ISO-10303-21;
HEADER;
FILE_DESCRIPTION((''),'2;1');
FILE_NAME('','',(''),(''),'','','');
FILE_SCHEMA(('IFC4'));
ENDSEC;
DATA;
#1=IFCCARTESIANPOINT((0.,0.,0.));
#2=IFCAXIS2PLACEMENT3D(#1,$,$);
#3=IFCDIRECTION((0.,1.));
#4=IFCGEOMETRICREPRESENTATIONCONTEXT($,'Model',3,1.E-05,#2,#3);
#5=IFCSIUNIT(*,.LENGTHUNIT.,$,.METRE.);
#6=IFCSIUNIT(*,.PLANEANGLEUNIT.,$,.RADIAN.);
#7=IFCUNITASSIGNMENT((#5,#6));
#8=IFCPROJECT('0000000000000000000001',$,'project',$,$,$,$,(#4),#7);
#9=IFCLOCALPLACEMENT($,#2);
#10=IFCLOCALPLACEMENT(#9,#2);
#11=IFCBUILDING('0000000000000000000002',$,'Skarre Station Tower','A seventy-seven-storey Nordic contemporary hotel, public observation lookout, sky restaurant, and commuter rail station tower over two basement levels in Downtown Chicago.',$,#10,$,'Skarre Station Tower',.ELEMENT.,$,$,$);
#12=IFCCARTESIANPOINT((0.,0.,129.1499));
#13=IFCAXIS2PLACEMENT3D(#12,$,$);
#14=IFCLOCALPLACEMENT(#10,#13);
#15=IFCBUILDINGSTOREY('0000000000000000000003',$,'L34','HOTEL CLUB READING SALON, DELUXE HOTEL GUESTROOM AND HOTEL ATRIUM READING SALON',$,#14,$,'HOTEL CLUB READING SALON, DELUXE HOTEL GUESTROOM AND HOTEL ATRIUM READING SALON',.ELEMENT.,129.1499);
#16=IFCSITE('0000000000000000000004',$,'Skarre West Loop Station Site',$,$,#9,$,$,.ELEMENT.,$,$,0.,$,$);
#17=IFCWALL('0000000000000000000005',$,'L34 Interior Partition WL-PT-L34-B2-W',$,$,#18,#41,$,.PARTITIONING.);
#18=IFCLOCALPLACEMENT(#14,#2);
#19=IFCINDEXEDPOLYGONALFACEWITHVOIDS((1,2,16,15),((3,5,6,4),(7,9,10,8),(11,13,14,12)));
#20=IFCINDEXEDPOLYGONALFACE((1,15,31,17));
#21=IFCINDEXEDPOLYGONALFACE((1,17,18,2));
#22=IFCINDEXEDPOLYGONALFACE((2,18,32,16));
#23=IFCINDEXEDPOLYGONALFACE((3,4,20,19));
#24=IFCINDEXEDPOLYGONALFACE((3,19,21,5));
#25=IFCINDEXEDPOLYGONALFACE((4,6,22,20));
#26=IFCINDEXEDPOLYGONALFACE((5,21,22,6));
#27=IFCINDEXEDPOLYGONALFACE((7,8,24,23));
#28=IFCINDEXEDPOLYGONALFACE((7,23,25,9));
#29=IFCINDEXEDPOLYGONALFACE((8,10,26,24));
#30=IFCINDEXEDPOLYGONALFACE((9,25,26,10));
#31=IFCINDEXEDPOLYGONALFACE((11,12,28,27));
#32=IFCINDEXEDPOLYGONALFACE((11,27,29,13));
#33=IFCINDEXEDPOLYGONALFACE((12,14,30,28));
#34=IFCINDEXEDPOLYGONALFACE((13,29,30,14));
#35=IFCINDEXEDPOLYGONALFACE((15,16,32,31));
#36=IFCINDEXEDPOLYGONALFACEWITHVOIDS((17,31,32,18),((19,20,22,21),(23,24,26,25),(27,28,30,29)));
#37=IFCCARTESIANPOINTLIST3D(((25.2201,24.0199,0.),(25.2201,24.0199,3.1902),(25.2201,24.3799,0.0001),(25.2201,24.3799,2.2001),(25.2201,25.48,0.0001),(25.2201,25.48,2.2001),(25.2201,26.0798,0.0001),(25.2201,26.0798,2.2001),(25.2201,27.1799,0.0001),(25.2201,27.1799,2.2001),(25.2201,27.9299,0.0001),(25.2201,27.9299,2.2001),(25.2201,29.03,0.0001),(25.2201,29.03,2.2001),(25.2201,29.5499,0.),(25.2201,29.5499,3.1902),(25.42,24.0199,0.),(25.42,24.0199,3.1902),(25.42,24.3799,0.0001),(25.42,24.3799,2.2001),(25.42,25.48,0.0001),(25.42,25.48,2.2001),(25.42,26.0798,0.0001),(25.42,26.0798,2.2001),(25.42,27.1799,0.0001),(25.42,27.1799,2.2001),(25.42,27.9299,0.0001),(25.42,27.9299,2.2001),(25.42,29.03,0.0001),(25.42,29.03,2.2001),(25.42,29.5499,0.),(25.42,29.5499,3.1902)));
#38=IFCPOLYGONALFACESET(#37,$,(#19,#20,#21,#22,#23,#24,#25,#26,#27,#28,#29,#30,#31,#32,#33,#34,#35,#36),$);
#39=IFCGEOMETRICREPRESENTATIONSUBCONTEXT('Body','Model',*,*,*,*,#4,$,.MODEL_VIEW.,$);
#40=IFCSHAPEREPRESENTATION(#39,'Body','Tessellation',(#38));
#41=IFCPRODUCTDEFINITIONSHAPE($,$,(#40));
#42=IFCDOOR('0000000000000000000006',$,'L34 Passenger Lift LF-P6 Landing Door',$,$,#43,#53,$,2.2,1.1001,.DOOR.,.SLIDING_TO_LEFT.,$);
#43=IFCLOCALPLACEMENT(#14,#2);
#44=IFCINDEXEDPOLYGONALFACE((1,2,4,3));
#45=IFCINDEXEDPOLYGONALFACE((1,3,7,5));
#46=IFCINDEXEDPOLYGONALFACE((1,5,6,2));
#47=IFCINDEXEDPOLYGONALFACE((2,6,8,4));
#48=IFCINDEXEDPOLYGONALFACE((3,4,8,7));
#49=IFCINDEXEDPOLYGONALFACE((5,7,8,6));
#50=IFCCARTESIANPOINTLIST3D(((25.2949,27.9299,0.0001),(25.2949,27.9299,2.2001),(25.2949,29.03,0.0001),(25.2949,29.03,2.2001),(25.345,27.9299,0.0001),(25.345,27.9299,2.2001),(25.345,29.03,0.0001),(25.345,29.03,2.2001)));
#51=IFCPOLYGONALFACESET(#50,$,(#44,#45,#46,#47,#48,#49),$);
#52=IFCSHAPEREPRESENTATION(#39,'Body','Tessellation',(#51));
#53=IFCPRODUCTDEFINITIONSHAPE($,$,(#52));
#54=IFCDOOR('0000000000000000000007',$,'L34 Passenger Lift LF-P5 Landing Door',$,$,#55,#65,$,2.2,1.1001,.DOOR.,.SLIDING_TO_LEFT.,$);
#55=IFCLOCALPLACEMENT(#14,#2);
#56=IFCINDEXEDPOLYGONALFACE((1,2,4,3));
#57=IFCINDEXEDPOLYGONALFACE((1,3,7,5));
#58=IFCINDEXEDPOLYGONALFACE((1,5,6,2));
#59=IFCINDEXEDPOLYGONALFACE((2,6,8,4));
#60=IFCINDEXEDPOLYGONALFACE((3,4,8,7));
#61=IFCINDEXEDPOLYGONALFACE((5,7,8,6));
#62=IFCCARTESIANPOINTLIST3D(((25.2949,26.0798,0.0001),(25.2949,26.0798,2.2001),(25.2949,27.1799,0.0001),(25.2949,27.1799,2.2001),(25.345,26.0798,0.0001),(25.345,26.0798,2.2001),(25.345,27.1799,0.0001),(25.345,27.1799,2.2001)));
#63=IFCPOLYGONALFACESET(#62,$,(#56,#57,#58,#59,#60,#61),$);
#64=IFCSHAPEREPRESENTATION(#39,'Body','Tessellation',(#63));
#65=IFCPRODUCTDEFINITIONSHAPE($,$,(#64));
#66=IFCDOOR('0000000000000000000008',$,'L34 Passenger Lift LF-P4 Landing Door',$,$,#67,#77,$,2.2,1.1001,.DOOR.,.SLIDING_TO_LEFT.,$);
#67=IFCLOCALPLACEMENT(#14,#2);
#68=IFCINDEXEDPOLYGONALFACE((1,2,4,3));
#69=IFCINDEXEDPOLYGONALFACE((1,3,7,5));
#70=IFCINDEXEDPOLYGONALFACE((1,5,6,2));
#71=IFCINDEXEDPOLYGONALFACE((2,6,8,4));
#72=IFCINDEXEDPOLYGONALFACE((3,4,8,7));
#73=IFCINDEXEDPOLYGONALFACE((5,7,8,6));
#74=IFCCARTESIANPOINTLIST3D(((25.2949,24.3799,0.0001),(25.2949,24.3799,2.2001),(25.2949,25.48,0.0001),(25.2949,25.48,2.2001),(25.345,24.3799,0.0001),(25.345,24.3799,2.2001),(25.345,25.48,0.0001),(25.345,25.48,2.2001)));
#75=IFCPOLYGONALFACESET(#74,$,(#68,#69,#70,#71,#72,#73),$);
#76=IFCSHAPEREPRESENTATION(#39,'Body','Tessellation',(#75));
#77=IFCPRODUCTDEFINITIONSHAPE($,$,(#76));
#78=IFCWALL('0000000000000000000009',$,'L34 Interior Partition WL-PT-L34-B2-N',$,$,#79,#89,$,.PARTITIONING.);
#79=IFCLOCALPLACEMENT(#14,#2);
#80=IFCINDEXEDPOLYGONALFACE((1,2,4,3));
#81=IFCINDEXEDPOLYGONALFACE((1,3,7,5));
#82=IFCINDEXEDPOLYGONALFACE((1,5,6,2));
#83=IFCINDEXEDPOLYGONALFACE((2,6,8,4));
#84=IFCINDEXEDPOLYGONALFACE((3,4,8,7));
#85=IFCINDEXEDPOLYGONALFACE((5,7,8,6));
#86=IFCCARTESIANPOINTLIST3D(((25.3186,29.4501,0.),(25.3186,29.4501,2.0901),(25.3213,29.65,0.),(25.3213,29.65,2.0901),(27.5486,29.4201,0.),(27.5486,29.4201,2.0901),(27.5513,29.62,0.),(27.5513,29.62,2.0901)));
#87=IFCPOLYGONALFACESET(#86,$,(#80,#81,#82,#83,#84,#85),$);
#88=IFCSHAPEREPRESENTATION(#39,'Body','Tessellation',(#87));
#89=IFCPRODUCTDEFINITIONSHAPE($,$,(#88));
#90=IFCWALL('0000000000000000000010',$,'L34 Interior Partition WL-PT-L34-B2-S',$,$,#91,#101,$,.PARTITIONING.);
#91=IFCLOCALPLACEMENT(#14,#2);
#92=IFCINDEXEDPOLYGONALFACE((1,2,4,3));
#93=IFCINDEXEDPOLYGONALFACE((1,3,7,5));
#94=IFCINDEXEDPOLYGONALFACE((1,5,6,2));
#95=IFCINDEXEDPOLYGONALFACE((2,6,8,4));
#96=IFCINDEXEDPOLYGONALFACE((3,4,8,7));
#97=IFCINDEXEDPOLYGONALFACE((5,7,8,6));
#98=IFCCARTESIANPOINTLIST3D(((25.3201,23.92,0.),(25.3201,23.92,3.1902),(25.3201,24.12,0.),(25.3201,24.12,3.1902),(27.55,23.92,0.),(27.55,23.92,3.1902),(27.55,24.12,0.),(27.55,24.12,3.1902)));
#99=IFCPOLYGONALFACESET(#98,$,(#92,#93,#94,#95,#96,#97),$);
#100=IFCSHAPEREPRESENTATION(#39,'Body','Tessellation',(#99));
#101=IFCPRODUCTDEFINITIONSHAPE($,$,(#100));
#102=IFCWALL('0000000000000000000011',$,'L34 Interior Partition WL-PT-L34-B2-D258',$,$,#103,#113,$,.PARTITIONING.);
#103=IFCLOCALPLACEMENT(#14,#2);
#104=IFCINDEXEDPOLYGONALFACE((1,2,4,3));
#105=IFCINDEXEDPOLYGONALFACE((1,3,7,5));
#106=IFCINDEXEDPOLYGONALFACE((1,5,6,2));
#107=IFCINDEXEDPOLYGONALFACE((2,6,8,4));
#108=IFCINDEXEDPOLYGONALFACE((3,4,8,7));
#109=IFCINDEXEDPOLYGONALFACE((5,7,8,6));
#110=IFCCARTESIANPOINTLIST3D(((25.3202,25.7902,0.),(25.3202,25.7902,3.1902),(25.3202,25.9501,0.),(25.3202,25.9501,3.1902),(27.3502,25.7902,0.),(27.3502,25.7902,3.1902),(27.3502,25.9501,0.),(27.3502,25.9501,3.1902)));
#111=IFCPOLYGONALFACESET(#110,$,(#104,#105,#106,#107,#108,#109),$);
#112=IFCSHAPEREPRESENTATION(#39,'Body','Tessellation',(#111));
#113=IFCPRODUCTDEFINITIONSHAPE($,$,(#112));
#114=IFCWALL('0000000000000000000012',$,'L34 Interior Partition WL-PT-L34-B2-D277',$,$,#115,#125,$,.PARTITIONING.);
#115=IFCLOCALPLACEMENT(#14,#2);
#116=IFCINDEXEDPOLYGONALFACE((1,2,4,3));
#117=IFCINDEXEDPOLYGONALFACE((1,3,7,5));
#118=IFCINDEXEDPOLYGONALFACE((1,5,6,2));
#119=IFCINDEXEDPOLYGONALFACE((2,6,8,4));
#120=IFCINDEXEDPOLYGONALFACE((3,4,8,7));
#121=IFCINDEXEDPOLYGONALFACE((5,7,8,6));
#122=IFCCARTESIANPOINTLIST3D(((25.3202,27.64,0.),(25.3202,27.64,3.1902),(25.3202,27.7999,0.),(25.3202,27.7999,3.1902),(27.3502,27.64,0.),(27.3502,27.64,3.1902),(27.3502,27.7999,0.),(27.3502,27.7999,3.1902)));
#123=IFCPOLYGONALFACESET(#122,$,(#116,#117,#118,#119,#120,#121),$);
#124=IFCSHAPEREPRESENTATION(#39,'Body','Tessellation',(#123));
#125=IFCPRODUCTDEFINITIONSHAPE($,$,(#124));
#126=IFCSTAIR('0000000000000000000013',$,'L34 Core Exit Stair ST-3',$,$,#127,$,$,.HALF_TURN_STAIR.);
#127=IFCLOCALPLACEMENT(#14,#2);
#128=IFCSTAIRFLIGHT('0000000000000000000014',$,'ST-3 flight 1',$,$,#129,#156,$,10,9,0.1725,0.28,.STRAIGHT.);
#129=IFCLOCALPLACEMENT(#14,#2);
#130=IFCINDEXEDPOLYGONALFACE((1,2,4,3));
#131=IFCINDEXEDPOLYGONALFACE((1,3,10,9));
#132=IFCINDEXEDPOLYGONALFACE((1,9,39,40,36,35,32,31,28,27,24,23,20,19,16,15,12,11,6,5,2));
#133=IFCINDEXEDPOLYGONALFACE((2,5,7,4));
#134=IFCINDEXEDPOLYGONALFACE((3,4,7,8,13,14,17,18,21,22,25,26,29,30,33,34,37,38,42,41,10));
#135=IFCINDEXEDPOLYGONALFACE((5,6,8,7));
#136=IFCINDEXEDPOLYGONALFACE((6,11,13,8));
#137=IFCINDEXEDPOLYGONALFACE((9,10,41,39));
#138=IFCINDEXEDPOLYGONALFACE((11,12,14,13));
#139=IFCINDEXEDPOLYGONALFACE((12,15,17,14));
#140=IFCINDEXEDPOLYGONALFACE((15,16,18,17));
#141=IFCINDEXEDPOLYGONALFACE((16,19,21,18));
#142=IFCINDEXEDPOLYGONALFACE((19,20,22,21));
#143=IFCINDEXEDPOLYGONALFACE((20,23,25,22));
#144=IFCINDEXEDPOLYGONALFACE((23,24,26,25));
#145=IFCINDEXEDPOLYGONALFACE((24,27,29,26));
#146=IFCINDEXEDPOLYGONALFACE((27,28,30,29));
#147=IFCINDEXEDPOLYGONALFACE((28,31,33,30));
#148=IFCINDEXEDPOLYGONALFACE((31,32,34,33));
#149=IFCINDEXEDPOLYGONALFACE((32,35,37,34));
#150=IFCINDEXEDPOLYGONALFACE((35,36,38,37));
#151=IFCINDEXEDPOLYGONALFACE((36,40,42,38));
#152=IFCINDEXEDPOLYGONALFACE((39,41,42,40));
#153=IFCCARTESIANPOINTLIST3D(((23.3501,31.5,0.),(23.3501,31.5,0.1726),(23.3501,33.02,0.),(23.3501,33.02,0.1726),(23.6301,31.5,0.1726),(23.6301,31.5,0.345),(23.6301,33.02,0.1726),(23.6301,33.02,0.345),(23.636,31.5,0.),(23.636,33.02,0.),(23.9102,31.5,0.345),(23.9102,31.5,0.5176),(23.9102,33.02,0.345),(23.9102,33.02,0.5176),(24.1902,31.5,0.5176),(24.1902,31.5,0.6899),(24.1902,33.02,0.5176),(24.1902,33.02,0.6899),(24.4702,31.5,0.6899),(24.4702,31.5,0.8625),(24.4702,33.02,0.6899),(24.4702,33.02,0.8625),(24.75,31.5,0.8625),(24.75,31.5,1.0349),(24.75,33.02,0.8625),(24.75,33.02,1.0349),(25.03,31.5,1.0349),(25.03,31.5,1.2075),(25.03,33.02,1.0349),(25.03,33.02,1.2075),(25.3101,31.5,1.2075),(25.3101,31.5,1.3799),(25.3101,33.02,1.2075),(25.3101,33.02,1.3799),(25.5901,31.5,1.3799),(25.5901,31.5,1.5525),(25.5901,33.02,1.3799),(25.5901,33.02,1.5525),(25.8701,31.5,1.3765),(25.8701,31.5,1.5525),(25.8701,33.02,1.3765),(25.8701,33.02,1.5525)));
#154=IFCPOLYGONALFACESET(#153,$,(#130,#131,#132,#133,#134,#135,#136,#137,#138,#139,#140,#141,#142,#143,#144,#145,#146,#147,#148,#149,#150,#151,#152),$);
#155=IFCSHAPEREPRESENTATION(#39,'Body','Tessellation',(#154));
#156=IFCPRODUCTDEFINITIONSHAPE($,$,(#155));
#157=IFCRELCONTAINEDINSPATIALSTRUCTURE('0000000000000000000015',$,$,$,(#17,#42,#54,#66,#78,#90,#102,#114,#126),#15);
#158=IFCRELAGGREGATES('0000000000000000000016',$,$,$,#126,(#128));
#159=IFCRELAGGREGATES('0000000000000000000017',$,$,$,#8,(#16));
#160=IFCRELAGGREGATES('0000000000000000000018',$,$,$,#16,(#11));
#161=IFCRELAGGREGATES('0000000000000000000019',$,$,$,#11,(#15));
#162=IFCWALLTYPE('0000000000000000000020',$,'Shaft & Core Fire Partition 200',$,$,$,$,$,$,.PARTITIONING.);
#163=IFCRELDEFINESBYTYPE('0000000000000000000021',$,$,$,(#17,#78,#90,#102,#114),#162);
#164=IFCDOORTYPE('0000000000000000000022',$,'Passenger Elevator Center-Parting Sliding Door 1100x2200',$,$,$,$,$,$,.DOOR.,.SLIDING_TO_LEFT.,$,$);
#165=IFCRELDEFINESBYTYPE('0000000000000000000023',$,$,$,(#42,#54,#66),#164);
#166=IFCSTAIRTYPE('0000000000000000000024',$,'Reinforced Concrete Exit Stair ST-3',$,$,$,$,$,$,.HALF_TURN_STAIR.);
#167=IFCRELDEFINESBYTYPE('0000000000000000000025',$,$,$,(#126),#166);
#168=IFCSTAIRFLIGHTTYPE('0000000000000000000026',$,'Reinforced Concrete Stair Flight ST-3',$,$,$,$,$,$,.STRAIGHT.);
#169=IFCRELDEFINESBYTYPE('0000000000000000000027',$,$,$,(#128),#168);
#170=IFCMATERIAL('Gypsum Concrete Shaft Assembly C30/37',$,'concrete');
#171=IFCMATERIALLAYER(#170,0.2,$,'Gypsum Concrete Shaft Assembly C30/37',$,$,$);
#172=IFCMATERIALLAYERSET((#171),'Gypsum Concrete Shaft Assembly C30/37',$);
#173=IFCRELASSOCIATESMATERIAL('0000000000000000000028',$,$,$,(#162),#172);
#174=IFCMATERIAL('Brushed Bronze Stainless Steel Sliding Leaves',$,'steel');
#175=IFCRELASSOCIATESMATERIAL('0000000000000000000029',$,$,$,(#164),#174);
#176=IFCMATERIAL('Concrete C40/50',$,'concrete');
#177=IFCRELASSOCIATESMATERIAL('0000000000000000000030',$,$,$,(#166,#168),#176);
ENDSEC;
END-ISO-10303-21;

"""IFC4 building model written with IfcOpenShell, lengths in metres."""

from ifc_helpers import new_model, si_unit, direction, frame, frame_2d, origin, place, context, subcontext, project, spatial, polyline, rectangle, outline, extrude, material, layer, layer_set, type_object, element, fill, aggregate, save


model = new_model("IFC4")

# Units and contexts
model_context = context("Model", 3, precision=1e-05, world=origin(), true_north=direction((0.0, 1.0)))
body_context = subcontext(model_context, "Body", "Model", "MODEL_VIEW")
ifc_project = project(units=[si_unit("LENGTHUNIT", "METRE"), si_unit("PLANEANGLEUNIT", "RADIAN")], contexts=[model_context])

# Site, building, storey
site_placement = place(None, origin())
site = spatial("IfcSite", under=ifc_project, at=site_placement, Name="Skarre West Loop Station Site", CompositionType="ELEMENT", RefElevation=0.0)
building_placement = place(site_placement, origin())
building = spatial("IfcBuilding", under=site, at=building_placement, Name="Skarre Station Tower", Description="A seventy-seven-storey Nordic contemporary hotel, public observation lookout, sky restaurant, and commuter rail station tower over two basement levels in Downtown Chicago.", LongName="Skarre Station Tower", CompositionType="ELEMENT")
storey_placement = place(building_placement, frame((0.0, 0.0, 129.1499)))
storey = spatial("IfcBuildingStorey", under=building, at=storey_placement, Name="L34", Description="HOTEL CLUB READING SALON, DELUXE HOTEL GUESTROOM AND HOTEL ATRIUM READING SALON", LongName="HOTEL CLUB READING SALON, DELUXE HOTEL GUESTROOM AND HOTEL ATRIUM READING SALON", CompositionType="ELEMENT", Elevation=129.1499)

# Shared definitions
ifc_material_1 = material(Name="Gypsum Concrete Shaft Assembly C30/37", Category="concrete")
ifc_layer_1 = layer(ifc_material_1, 0.2, Name="Gypsum Concrete Shaft Assembly C30/37")
ifc_layer_set_1 = layer_set([ifc_layer_1], Name="Gypsum Concrete Shaft Assembly C30/37")
wall_type_1 = type_object("IfcWallType", Name="Shaft & Core Fire Partition 200", PredefinedType="PARTITIONING", material=ifc_layer_set_1)

# Wall, openings, doors
wall_1_placement = place(storey_placement, frame((25.3201, 29.55, 0.0), z_axis=(0.0, 0.0, 1.0), x_axis=(0.0, -1.0, 0.0)))
wall_1 = element("IfcWall", 1, at=wall_1_placement, inside=storey, type_object=wall_type_1, Name="L34 Interior Partition WL-PT-L34-B2-W", PredefinedType="PARTITIONING", context=body_context, shape_type="SweptSolid", body=[
    extrude(rectangle(XDim=5.53, YDim=0.2, at=frame_2d((2.7651, 0.0))), origin(), (0.0, 0.0, 1.0), 3.1902),
])
opening_1_placement = place(wall_1_placement, frame((0.52, 0.0, 0.0)))
opening_1 = element("IfcOpeningElement", 2, at=opening_1_placement, cuts=wall_1, PredefinedType="OPENING", context=body_context, shape_type="SweptSolid", body=[
    extrude(rectangle(XDim=1.1001, YDim=2.2, at=frame_2d((0.55, 1.1001))), frame((0.0, 0.1099, 0.0), z_axis=(0.0, -1.0, 0.0), x_axis=(1.0, 0.0, 0.0)), (0.0, 0.0, 1.0), 0.22),
])
opening_2_placement = place(wall_1_placement, frame((2.3701, 0.0, 0.0)))
opening_2 = element("IfcOpeningElement", 3, at=opening_2_placement, cuts=wall_1, PredefinedType="OPENING", context=body_context, shape_type="SweptSolid", body=[
    extrude(rectangle(XDim=1.1001, YDim=2.2, at=frame_2d((0.55, 1.1001))), frame((0.0, 0.1099, 0.0), z_axis=(0.0, -1.0, 0.0), x_axis=(1.0, 0.0, 0.0)), (0.0, 0.0, 1.0), 0.22),
])
opening_3_placement = place(wall_1_placement, frame((4.0701, 0.0, 0.0)))
opening_3 = element("IfcOpeningElement", 4, at=opening_3_placement, cuts=wall_1, PredefinedType="OPENING", context=body_context, shape_type="SweptSolid", body=[
    extrude(rectangle(XDim=1.1001, YDim=2.2, at=frame_2d((0.55, 1.1001))), frame((0.0, 0.1099, 0.0), z_axis=(0.0, -1.0, 0.0), x_axis=(1.0, 0.0, 0.0)), (0.0, 0.0, 1.0), 0.22),
])
ifc_material_2 = material(Name="Brushed Bronze Stainless Steel Sliding Leaves", Category="steel")
door_type_1 = type_object("IfcDoorType", Name="Passenger Elevator Center-Parting Sliding Door 1100x2200", OperationType="SLIDING_TO_LEFT", PredefinedType="DOOR", material=ifc_material_2)
door_1_placement = place(opening_1_placement, origin())
door_1 = element("IfcDoor", 5, at=door_1_placement, inside=storey, type_object=door_type_1, Name="L34 Passenger Lift LF-P6 Landing Door", OperationType="SLIDING_TO_LEFT", OverallHeight=2.2, OverallWidth=1.1001, PredefinedType="DOOR", context=body_context, shape_type="SweptSolid", body=[
    extrude(rectangle(XDim=1.1001, YDim=2.2, at=frame_2d((0.55, 1.1001))), frame((0.0, 0.0249, 0.0), z_axis=(0.0, -1.0, 0.0), x_axis=(1.0, 0.0, 0.0)), (0.0, 0.0, 1.0), 0.05),
])
fill(opening_1, door_1)
door_2_placement = place(opening_2_placement, origin())
door_2 = element("IfcDoor", 6, at=door_2_placement, inside=storey, type_object=door_type_1, Name="L34 Passenger Lift LF-P5 Landing Door", OperationType="SLIDING_TO_LEFT", OverallHeight=2.2, OverallWidth=1.1001, PredefinedType="DOOR", context=body_context, shape_type="SweptSolid", body=[
    extrude(rectangle(XDim=1.1001, YDim=2.2, at=frame_2d((0.55, 1.1001))), frame((0.0, 0.0249, 0.0), z_axis=(0.0, -1.0, 0.0), x_axis=(1.0, 0.0, 0.0)), (0.0, 0.0, 1.0), 0.05),
])
fill(opening_2, door_2)
door_3_placement = place(opening_3_placement, origin())
door_3 = element("IfcDoor", 7, at=door_3_placement, inside=storey, type_object=door_type_1, Name="L34 Passenger Lift LF-P4 Landing Door", OperationType="SLIDING_TO_LEFT", OverallHeight=2.2, OverallWidth=1.1001, PredefinedType="DOOR", context=body_context, shape_type="SweptSolid", body=[
    extrude(rectangle(XDim=1.1001, YDim=2.2, at=frame_2d((0.55, 1.1001))), frame((0.0, 0.0249, 0.0), z_axis=(0.0, -1.0, 0.0), x_axis=(1.0, 0.0, 0.0)), (0.0, 0.0, 1.0), 0.05),
])
fill(opening_3, door_3)

# Walls
wall_2_placement = place(storey_placement, frame((27.55, 29.52, 0.0), z_axis=(0.0, 0.0, 1.0), x_axis=(-0.999909, 0.013465, 0.0)))
element("IfcWall", 8, at=wall_2_placement, inside=storey, type_object=wall_type_1, Name="L34 Interior Partition WL-PT-L34-B2-N", PredefinedType="PARTITIONING", context=body_context, shape_type="SweptSolid", body=[
    extrude(rectangle(XDim=2.2302, YDim=0.2, at=frame_2d((1.1152, 0.0))), origin(), (0.0, 0.0, 1.0), 2.0901),
])
wall_3_placement = place(storey_placement, frame((25.3201, 24.02, 0.0), z_axis=(0.0, 0.0, 1.0), x_axis=(1.0, 0.0, 0.0)))
element("IfcWall", 9, at=wall_3_placement, inside=storey, type_object=wall_type_1, Name="L34 Interior Partition WL-PT-L34-B2-S", PredefinedType="PARTITIONING", context=body_context, shape_type="SweptSolid", body=[
    extrude(rectangle(XDim=2.23, YDim=0.2, at=frame_2d((1.115, 0.0))), origin(), (0.0, 0.0, 1.0), 3.1902),
])
for number, where, z_axis, x_axis, name in (
    (10, (25.3201, 25.8701, 0.0), (0.0, 0.0, 1.0), (1.0, 0.0, 0.0), "L34 Interior Partition WL-PT-L34-B2-D258"),
    (11, (25.3201, 27.72, 0.0), (0.0, 0.0, 1.0), (1.0, 0.0, 0.0), "L34 Interior Partition WL-PT-L34-B2-D277"),
):
    element("IfcWall", number, at=place(storey_placement, frame(where, z_axis=z_axis, x_axis=x_axis)), inside=storey, type_object=wall_type_1, Name=name, PredefinedType="PARTITIONING", context=body_context, shape_type="SweptSolid", body=[
        extrude(rectangle(XDim=2.03, YDim=0.1599, at=frame_2d((1.0151, 0.0))), origin(), (0.0, 0.0, 1.0), 3.1902),
    ])

# Stair, stair flight
ifc_material_3 = material(Name="Concrete C40/50", Category="concrete")
stair_type = type_object("IfcStairType", Name="Reinforced Concrete Exit Stair ST-3", PredefinedType="HALF_TURN_STAIR", material=ifc_material_3)
stair_placement = place(storey_placement, origin())
stair = element("IfcStair", 12, at=stair_placement, inside=storey, type_object=stair_type, Name="L34 Core Exit Stair ST-3", PredefinedType="HALF_TURN_STAIR")
stair_flight_type = type_object("IfcStairFlightType", Name="Reinforced Concrete Stair Flight ST-3", PredefinedType="STRAIGHT", material=ifc_material_3)
stair_flight_placement = place(storey_placement, frame((23.3501, 32.26, 0.0), z_axis=(0.0, 0.0, 1.0), x_axis=(1.0, 0.0, 0.0)))
stair_flight = element("IfcStairFlight", 13, at=stair_flight_placement, type_object=stair_flight_type, Name="ST-3 flight 1", NumberOfRisers=10, NumberOfTreads=9, PredefinedType="STRAIGHT", RiserHeight=0.1725, TreadLength=0.28, context=body_context, shape_type="SweptSolid", body=[
    extrude(outline(polyline([(0.0, 0.0), (0.0, 0.1726), (0.28, 0.1726), (0.28, 0.345), (0.5601, 0.345), (0.5601, 0.5176), (0.8401, 0.5176), (0.8401, 0.6899), (1.1201, 0.6899), (1.1201, 0.8625), (1.3999, 0.8625), (1.3999, 1.0349), (1.6799, 1.0349), (1.6799, 1.2075), (1.96, 1.2075), (1.96, 1.3799), (2.24, 1.3799), (2.24, 1.5525), (2.52, 1.5525), (2.52, 1.7251), (2.52, 1.3765), (0.2859, 0.0), (0.0, 0.0)])), frame((0.0, 0.76, 0.0), z_axis=(0.0, -1.0, 0.0), x_axis=(1.0, 0.0, 0.0)), (0.0, 0.0, 1.0), 1.52),
])
aggregate(stair, [stair_flight])

save(model, "model.ifc")
